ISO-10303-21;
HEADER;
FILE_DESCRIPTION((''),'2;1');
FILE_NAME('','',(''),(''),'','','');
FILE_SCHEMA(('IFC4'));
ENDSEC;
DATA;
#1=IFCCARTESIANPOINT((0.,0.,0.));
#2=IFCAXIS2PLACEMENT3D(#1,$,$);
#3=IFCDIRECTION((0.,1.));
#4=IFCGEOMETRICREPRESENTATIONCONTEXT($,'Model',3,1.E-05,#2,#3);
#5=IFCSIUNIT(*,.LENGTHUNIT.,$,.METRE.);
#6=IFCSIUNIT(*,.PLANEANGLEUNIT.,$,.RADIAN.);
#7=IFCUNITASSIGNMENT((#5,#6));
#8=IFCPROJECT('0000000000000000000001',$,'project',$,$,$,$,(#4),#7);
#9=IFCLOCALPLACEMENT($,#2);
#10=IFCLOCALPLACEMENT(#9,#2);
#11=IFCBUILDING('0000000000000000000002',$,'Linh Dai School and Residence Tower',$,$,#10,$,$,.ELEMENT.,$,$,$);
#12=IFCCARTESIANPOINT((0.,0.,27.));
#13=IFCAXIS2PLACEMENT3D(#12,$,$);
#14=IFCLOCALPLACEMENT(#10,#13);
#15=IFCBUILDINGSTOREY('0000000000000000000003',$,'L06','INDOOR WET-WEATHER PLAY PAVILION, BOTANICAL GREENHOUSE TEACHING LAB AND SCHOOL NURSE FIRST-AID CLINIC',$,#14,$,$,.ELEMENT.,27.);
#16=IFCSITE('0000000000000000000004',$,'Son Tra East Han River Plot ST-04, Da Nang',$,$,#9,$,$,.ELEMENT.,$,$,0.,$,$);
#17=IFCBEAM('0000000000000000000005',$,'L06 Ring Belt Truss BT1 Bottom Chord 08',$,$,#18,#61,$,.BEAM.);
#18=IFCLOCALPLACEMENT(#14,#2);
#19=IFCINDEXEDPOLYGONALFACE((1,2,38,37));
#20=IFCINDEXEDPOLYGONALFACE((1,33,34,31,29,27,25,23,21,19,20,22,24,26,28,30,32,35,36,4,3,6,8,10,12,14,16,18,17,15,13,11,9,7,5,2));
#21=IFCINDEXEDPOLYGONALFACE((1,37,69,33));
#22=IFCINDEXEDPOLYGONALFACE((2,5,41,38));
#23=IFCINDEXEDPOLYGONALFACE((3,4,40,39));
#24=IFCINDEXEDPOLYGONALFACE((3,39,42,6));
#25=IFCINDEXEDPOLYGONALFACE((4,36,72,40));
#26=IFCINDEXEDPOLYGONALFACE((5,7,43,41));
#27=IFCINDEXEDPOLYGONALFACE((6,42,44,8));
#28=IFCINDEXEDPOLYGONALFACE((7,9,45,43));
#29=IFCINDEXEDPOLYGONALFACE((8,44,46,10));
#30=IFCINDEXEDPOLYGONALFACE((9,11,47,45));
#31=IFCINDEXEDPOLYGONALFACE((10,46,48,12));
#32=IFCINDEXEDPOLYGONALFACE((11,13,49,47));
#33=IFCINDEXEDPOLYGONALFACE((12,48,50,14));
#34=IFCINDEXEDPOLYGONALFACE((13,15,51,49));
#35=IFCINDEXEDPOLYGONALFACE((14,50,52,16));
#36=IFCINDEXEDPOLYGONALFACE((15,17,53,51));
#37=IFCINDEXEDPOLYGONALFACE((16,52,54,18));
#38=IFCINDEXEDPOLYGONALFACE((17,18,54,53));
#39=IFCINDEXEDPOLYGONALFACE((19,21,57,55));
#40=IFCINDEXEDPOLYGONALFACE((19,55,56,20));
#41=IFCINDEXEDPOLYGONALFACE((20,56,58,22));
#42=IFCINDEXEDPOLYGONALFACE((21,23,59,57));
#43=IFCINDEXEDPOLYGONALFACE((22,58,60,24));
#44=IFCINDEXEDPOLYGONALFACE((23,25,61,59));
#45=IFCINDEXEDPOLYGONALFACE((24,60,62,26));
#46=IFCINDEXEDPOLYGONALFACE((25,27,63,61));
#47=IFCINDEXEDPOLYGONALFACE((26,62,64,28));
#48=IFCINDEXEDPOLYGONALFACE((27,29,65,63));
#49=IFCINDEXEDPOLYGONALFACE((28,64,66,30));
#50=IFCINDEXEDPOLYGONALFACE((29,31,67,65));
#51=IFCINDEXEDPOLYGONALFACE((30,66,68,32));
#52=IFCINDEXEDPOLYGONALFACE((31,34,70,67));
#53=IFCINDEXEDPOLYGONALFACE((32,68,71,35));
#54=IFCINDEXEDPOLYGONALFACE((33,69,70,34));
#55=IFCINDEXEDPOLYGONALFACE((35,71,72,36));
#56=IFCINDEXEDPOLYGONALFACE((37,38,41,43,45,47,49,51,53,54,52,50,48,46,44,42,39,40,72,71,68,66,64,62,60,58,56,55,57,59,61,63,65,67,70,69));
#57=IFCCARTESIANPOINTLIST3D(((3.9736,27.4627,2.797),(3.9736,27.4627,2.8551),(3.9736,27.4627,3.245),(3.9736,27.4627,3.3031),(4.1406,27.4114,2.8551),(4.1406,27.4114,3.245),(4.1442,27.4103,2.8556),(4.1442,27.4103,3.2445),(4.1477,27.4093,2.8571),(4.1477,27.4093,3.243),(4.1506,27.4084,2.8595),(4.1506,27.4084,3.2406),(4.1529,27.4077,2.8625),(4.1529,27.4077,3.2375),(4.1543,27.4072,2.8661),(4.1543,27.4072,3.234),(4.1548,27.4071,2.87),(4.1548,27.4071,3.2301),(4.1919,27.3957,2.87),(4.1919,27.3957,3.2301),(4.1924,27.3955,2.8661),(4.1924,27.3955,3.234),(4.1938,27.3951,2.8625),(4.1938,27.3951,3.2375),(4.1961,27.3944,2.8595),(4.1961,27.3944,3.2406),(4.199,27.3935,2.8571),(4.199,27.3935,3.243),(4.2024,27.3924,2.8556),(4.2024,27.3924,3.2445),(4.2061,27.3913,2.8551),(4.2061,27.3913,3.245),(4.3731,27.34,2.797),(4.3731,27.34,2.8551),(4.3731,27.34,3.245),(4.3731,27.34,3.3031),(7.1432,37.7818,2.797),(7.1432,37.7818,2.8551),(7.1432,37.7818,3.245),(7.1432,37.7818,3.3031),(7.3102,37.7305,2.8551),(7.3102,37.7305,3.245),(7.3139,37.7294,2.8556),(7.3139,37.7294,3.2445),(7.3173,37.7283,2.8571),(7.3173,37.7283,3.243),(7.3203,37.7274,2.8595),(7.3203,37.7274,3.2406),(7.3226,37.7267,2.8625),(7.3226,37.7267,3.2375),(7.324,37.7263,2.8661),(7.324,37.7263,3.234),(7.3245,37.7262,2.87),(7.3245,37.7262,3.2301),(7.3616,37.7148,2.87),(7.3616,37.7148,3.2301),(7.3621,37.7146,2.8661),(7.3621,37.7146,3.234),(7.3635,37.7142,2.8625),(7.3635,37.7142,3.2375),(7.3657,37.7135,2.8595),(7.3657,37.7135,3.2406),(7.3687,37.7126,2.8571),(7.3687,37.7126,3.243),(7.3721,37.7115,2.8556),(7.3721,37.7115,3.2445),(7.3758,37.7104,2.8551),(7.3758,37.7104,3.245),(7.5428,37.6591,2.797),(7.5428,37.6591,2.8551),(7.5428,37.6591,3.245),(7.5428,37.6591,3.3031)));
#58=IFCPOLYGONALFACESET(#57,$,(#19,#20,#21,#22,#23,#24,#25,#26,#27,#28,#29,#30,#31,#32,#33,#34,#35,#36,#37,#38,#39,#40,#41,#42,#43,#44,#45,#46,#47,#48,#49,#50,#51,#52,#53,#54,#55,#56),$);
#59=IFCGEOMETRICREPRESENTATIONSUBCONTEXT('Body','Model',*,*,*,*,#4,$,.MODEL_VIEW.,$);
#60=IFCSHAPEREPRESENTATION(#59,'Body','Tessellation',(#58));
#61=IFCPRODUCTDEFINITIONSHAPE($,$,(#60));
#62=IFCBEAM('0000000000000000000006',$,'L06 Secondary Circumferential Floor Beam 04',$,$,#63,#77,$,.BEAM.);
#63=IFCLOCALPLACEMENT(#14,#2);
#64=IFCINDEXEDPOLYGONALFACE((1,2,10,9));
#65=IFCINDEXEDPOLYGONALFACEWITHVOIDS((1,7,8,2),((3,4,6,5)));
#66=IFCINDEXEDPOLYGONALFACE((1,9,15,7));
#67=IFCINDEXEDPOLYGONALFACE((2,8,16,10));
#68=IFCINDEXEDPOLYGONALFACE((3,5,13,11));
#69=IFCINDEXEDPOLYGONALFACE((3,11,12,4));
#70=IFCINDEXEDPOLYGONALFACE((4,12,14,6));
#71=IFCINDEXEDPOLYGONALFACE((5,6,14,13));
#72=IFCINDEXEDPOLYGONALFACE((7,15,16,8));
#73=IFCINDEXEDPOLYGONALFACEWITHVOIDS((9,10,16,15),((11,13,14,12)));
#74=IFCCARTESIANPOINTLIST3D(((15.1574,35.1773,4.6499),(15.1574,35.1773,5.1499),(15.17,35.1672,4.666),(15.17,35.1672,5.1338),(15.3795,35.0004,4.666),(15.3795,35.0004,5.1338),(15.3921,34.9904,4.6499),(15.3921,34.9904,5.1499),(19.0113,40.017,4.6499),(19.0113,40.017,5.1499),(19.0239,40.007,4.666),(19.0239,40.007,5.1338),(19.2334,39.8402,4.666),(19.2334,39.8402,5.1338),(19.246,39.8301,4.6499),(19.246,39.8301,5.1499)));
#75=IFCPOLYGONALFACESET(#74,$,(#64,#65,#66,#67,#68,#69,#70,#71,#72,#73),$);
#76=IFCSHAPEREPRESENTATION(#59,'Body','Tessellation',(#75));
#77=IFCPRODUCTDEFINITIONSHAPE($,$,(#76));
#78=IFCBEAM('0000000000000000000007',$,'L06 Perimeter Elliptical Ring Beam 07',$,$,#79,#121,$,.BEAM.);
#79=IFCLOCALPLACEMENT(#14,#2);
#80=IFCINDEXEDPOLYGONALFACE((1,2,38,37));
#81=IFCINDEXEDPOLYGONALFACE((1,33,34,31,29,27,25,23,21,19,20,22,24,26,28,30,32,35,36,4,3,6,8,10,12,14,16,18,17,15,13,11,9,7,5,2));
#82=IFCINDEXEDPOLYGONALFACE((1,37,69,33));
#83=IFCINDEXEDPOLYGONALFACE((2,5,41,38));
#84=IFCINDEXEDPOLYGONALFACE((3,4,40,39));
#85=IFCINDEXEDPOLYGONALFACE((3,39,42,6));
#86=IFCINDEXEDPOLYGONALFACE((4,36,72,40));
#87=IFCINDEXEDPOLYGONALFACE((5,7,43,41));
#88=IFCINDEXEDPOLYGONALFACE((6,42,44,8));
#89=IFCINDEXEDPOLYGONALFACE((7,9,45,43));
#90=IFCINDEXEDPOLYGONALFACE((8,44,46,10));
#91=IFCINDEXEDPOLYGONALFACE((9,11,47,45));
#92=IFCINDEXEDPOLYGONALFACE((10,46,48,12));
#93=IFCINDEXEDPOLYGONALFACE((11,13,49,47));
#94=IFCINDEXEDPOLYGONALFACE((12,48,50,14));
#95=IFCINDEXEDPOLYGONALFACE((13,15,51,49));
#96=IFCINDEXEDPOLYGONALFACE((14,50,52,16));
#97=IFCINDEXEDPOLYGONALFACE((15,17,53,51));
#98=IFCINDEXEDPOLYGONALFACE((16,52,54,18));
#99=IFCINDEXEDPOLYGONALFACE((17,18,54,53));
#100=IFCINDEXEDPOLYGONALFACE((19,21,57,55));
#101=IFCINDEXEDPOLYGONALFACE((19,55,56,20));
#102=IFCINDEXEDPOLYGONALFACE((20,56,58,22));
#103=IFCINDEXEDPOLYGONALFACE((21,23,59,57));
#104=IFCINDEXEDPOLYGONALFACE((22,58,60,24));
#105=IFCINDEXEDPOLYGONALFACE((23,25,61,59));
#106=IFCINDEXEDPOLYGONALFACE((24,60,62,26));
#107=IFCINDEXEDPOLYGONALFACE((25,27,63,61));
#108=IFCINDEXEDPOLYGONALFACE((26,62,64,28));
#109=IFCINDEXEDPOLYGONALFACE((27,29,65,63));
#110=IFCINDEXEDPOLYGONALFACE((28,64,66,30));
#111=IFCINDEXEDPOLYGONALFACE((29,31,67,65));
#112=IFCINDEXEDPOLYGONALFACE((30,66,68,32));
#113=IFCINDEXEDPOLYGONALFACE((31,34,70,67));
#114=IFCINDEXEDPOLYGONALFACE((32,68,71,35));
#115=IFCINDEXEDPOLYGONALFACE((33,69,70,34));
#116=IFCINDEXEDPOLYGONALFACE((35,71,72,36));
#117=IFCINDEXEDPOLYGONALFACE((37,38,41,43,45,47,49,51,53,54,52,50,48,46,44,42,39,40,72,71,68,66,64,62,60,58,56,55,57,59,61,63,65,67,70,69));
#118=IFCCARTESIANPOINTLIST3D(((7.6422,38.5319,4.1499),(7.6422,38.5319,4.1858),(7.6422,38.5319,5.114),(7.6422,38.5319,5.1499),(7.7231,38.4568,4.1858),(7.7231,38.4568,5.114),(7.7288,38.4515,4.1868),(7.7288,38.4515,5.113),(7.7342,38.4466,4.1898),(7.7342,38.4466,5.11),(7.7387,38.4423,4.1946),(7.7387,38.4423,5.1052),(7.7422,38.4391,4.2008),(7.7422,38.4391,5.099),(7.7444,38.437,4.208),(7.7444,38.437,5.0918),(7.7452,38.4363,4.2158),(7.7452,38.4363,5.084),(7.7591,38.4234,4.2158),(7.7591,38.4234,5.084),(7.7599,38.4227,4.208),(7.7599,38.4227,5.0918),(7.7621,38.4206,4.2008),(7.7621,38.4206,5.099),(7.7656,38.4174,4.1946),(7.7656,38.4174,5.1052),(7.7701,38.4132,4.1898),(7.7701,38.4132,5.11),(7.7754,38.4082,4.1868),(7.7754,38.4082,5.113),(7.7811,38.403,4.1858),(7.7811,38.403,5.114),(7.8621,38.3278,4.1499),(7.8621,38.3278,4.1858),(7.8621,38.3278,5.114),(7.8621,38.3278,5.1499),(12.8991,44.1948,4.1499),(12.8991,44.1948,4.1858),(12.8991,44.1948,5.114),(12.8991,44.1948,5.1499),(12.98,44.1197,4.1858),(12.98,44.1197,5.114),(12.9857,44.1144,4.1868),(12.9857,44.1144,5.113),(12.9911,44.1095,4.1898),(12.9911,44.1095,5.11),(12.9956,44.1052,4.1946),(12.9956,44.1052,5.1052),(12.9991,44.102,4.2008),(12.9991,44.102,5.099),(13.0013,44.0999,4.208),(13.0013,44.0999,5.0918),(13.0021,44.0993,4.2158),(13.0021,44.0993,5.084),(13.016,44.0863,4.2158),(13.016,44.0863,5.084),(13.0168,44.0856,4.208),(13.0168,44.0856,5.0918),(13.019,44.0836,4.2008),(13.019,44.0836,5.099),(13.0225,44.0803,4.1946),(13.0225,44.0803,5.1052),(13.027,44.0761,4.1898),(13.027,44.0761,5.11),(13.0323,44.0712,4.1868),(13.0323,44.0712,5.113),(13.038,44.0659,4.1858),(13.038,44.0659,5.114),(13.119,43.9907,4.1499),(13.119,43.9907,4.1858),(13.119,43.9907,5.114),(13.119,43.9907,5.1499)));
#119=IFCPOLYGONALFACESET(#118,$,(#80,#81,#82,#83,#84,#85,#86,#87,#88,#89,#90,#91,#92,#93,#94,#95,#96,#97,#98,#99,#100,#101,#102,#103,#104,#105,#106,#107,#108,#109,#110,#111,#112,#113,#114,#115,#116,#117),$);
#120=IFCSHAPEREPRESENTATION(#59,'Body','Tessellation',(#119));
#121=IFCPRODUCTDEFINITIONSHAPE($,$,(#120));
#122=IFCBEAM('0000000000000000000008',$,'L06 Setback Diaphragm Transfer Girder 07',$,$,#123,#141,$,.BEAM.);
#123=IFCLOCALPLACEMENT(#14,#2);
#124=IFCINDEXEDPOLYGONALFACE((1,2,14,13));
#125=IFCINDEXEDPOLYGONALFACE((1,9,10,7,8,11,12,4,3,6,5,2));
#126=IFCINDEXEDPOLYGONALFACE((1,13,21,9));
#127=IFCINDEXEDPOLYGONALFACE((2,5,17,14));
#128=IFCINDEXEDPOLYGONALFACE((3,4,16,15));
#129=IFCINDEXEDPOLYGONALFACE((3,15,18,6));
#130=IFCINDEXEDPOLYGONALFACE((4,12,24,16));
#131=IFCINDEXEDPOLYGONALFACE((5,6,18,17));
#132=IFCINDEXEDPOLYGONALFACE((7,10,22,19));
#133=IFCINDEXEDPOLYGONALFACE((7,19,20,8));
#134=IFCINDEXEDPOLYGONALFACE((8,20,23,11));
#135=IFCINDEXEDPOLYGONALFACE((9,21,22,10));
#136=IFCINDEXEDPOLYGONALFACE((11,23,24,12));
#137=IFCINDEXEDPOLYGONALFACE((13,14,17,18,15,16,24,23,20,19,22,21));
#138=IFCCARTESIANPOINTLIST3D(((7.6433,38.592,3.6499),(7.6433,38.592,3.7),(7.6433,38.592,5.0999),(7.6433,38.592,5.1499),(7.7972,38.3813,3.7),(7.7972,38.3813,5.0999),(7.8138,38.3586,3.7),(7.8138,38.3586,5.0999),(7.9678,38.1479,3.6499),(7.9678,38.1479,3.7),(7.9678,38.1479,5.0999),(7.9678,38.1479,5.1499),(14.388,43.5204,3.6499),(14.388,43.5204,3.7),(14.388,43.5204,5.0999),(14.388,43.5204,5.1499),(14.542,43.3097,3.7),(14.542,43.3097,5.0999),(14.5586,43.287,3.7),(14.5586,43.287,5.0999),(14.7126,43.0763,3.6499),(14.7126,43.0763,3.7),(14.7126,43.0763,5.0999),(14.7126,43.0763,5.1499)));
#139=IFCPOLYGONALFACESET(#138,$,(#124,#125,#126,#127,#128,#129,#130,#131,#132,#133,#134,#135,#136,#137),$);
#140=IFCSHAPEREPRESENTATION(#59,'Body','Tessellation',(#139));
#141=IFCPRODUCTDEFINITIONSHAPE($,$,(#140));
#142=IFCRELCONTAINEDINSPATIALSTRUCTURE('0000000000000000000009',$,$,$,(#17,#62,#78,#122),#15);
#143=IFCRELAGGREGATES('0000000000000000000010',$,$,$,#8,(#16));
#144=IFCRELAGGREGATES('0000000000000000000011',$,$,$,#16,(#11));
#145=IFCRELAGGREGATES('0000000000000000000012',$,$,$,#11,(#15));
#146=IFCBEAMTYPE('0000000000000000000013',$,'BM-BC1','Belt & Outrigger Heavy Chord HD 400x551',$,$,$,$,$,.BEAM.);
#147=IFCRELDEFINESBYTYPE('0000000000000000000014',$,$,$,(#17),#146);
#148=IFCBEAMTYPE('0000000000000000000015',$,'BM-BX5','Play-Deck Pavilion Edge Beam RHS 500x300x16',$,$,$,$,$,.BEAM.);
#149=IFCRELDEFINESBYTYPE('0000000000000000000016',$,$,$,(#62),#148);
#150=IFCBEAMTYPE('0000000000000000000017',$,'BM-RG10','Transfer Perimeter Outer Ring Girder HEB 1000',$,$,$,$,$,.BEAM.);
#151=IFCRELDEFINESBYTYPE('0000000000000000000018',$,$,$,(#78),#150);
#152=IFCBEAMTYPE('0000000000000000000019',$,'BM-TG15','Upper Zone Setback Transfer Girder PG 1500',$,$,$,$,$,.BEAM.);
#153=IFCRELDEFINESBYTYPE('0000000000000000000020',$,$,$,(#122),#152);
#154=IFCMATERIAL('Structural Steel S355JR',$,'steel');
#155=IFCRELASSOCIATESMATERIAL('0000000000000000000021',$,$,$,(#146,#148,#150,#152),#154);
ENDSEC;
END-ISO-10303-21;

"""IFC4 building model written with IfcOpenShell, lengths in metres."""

from ifc_helpers import new_model, si_unit, direction, frame, origin, origin_2d, place, context, subcontext, project, spatial, hollow_rectangle, i_section, extrude, material, material_profile, profile_set, type_object, element, save


model = new_model("IFC4")

# Units and contexts
model_context = context("Model", 3, precision=1e-05, world=origin(), true_north=direction((0.0, 1.0)))
body_context = subcontext(model_context, "Body", "Model", "MODEL_VIEW")
ifc_project = project(units=[si_unit("LENGTHUNIT", "METRE"), si_unit("PLANEANGLEUNIT", "RADIAN")], contexts=[model_context])

# Site, building, storey
site_placement = place(None, origin())
site = spatial("IfcSite", under=ifc_project, at=site_placement, Name="Son Tra East Han River Plot ST-04, Da Nang", CompositionType="ELEMENT", RefElevation=0.0)
building_placement = place(site_placement, origin())
building = spatial("IfcBuilding", under=site, at=building_placement, Name="Linh Dai School and Residence Tower", CompositionType="ELEMENT")
storey_placement = place(building_placement, frame((0.0, 0.0, 27.0)))
storey = spatial("IfcBuildingStorey", under=building, at=storey_placement, Name="L06", Description="INDOOR WET-WEATHER PLAY PAVILION, BOTANICAL GREENHOUSE TEACHING LAB AND SCHOOL NURSE FIRST-AID CLINIC", CompositionType="ELEMENT", Elevation=27.0)

# Shared definitions
ifc_material_1 = material(Name="Structural Steel S355JR", Category="steel")

# Beams
ifc_material_profile_1 = material_profile(ifc_material_1, i_section(OverallWidth=0.418, OverallDepth=0.5061, WebThickness=0.0388, FlangeThickness=0.0581, FilletRadius=0.0149, at=origin_2d()), Name="HD 400x551")
ifc_profile_set_1 = profile_set([ifc_material_profile_1], Name="Structural Steel S355JR")
beam_type_1 = type_object("IfcBeamType", Name="BM-BC1", Description="Belt & Outrigger Heavy Chord HD 400x551", PredefinedType="BEAM", material=ifc_profile_set_1)
beam_1_placement = place(storey_placement, frame((7.343, 37.7205, 3.05), z_axis=(-0.293627, -0.95592, 0.0), x_axis=(0.95592, -0.293627, 0.0)))
element("IfcBeam", 1, at=beam_1_placement, inside=storey, type_object=beam_type_1, Name="L06 Ring Belt Truss BT1 Bottom Chord 08", PredefinedType="BEAM", context=body_context, shape_type="SweptSolid", body=[
    extrude(i_section(OverallWidth=0.418, OverallDepth=0.5061, WebThickness=0.0388, FlangeThickness=0.0581, FilletRadius=0.0149, at=origin_2d()), origin(), (0.0, 0.0, 1.0), 10.7949),
])
ifc_material_profile_2 = material_profile(ifc_material_1, hollow_rectangle(XDim=0.3, YDim=0.5, WallThickness=0.0161, at=origin_2d()), Name="RHS 500x300x16")
ifc_profile_set_2 = profile_set([ifc_material_profile_2], Name="Structural Steel S355JR")
beam_type_2 = type_object("IfcBeamType", Name="BM-BX5", Description="Play-Deck Pavilion Edge Beam RHS 500x300x16", PredefinedType="BEAM", material=ifc_profile_set_2)
beam_2_placement = place(storey_placement, frame((19.1287, 39.9236, 4.8999), z_axis=(-0.622932, -0.782276, 0.0), x_axis=(0.782276, -0.622932, 0.0)))
element("IfcBeam", 2, at=beam_2_placement, inside=storey, type_object=beam_type_2, Name="L06 Secondary Circumferential Floor Beam 04", PredefinedType="BEAM", context=body_context, shape_type="SweptSolid", body=[
    extrude(hollow_rectangle(XDim=0.3, YDim=0.5, WallThickness=0.0161, at=origin_2d()), origin(), (0.0, 0.0, 1.0), 6.1868),
])
ifc_material_profile_3 = material_profile(ifc_material_1, i_section(OverallWidth=0.3, OverallDepth=1.0, WebThickness=0.019, FlangeThickness=0.0359, FilletRadius=0.03, at=origin_2d()), Name="HEB 1000")
ifc_profile_set_3 = profile_set([ifc_material_profile_3], Name="Structural Steel S355JR")
beam_type_3 = type_object("IfcBeamType", Name="BM-RG10", Description="Transfer Perimeter Outer Ring Girder HEB 1000", PredefinedType="BEAM", material=ifc_profile_set_3)
beam_3_placement = place(storey_placement, frame((13.009, 44.0928, 4.6499), z_axis=(-0.680346, -0.732891, 0.0), x_axis=(0.732891, -0.680346, 0.0)))
element("IfcBeam", 3, at=beam_3_placement, inside=storey, type_object=beam_type_3, Name="L06 Perimeter Elliptical Ring Beam 07", PredefinedType="BEAM", context=body_context, shape_type="SweptSolid", body=[
    extrude(i_section(OverallWidth=0.3, OverallDepth=1.0, WebThickness=0.019, FlangeThickness=0.0359, FilletRadius=0.03, at=origin_2d()), origin(), (0.0, 0.0, 1.0), 7.7268),
])
ifc_material_profile_4 = material_profile(ifc_material_1, i_section(OverallWidth=0.55, OverallDepth=1.5, WebThickness=0.0281, FlangeThickness=0.05, at=origin_2d()), Name="PG 1500x550x28x50")
ifc_profile_set_4 = profile_set([ifc_material_profile_4], Name="Structural Steel S355JR")
beam_type_4 = type_object("IfcBeamType", Name="BM-TG15", Description="Upper Zone Setback Transfer Girder PG 1500", PredefinedType="BEAM", material=ifc_profile_set_4)
beam_4_placement = place(storey_placement, frame((14.5503, 43.2983, 4.3999), z_axis=(-0.807418, -0.589979, 0.0), x_axis=(0.589979, -0.807418, 0.0)))
element("IfcBeam", 4, at=beam_4_placement, inside=storey, type_object=beam_type_4, Name="L06 Setback Diaphragm Transfer Girder 07", PredefinedType="BEAM", context=body_context, shape_type="SweptSolid", body=[
    extrude(i_section(OverallWidth=0.55, OverallDepth=1.5, WebThickness=0.0281, FlangeThickness=0.05, at=origin_2d()), origin(), (0.0, 0.0, 1.0), 8.3535),
])

save(model, "model.ifc")
